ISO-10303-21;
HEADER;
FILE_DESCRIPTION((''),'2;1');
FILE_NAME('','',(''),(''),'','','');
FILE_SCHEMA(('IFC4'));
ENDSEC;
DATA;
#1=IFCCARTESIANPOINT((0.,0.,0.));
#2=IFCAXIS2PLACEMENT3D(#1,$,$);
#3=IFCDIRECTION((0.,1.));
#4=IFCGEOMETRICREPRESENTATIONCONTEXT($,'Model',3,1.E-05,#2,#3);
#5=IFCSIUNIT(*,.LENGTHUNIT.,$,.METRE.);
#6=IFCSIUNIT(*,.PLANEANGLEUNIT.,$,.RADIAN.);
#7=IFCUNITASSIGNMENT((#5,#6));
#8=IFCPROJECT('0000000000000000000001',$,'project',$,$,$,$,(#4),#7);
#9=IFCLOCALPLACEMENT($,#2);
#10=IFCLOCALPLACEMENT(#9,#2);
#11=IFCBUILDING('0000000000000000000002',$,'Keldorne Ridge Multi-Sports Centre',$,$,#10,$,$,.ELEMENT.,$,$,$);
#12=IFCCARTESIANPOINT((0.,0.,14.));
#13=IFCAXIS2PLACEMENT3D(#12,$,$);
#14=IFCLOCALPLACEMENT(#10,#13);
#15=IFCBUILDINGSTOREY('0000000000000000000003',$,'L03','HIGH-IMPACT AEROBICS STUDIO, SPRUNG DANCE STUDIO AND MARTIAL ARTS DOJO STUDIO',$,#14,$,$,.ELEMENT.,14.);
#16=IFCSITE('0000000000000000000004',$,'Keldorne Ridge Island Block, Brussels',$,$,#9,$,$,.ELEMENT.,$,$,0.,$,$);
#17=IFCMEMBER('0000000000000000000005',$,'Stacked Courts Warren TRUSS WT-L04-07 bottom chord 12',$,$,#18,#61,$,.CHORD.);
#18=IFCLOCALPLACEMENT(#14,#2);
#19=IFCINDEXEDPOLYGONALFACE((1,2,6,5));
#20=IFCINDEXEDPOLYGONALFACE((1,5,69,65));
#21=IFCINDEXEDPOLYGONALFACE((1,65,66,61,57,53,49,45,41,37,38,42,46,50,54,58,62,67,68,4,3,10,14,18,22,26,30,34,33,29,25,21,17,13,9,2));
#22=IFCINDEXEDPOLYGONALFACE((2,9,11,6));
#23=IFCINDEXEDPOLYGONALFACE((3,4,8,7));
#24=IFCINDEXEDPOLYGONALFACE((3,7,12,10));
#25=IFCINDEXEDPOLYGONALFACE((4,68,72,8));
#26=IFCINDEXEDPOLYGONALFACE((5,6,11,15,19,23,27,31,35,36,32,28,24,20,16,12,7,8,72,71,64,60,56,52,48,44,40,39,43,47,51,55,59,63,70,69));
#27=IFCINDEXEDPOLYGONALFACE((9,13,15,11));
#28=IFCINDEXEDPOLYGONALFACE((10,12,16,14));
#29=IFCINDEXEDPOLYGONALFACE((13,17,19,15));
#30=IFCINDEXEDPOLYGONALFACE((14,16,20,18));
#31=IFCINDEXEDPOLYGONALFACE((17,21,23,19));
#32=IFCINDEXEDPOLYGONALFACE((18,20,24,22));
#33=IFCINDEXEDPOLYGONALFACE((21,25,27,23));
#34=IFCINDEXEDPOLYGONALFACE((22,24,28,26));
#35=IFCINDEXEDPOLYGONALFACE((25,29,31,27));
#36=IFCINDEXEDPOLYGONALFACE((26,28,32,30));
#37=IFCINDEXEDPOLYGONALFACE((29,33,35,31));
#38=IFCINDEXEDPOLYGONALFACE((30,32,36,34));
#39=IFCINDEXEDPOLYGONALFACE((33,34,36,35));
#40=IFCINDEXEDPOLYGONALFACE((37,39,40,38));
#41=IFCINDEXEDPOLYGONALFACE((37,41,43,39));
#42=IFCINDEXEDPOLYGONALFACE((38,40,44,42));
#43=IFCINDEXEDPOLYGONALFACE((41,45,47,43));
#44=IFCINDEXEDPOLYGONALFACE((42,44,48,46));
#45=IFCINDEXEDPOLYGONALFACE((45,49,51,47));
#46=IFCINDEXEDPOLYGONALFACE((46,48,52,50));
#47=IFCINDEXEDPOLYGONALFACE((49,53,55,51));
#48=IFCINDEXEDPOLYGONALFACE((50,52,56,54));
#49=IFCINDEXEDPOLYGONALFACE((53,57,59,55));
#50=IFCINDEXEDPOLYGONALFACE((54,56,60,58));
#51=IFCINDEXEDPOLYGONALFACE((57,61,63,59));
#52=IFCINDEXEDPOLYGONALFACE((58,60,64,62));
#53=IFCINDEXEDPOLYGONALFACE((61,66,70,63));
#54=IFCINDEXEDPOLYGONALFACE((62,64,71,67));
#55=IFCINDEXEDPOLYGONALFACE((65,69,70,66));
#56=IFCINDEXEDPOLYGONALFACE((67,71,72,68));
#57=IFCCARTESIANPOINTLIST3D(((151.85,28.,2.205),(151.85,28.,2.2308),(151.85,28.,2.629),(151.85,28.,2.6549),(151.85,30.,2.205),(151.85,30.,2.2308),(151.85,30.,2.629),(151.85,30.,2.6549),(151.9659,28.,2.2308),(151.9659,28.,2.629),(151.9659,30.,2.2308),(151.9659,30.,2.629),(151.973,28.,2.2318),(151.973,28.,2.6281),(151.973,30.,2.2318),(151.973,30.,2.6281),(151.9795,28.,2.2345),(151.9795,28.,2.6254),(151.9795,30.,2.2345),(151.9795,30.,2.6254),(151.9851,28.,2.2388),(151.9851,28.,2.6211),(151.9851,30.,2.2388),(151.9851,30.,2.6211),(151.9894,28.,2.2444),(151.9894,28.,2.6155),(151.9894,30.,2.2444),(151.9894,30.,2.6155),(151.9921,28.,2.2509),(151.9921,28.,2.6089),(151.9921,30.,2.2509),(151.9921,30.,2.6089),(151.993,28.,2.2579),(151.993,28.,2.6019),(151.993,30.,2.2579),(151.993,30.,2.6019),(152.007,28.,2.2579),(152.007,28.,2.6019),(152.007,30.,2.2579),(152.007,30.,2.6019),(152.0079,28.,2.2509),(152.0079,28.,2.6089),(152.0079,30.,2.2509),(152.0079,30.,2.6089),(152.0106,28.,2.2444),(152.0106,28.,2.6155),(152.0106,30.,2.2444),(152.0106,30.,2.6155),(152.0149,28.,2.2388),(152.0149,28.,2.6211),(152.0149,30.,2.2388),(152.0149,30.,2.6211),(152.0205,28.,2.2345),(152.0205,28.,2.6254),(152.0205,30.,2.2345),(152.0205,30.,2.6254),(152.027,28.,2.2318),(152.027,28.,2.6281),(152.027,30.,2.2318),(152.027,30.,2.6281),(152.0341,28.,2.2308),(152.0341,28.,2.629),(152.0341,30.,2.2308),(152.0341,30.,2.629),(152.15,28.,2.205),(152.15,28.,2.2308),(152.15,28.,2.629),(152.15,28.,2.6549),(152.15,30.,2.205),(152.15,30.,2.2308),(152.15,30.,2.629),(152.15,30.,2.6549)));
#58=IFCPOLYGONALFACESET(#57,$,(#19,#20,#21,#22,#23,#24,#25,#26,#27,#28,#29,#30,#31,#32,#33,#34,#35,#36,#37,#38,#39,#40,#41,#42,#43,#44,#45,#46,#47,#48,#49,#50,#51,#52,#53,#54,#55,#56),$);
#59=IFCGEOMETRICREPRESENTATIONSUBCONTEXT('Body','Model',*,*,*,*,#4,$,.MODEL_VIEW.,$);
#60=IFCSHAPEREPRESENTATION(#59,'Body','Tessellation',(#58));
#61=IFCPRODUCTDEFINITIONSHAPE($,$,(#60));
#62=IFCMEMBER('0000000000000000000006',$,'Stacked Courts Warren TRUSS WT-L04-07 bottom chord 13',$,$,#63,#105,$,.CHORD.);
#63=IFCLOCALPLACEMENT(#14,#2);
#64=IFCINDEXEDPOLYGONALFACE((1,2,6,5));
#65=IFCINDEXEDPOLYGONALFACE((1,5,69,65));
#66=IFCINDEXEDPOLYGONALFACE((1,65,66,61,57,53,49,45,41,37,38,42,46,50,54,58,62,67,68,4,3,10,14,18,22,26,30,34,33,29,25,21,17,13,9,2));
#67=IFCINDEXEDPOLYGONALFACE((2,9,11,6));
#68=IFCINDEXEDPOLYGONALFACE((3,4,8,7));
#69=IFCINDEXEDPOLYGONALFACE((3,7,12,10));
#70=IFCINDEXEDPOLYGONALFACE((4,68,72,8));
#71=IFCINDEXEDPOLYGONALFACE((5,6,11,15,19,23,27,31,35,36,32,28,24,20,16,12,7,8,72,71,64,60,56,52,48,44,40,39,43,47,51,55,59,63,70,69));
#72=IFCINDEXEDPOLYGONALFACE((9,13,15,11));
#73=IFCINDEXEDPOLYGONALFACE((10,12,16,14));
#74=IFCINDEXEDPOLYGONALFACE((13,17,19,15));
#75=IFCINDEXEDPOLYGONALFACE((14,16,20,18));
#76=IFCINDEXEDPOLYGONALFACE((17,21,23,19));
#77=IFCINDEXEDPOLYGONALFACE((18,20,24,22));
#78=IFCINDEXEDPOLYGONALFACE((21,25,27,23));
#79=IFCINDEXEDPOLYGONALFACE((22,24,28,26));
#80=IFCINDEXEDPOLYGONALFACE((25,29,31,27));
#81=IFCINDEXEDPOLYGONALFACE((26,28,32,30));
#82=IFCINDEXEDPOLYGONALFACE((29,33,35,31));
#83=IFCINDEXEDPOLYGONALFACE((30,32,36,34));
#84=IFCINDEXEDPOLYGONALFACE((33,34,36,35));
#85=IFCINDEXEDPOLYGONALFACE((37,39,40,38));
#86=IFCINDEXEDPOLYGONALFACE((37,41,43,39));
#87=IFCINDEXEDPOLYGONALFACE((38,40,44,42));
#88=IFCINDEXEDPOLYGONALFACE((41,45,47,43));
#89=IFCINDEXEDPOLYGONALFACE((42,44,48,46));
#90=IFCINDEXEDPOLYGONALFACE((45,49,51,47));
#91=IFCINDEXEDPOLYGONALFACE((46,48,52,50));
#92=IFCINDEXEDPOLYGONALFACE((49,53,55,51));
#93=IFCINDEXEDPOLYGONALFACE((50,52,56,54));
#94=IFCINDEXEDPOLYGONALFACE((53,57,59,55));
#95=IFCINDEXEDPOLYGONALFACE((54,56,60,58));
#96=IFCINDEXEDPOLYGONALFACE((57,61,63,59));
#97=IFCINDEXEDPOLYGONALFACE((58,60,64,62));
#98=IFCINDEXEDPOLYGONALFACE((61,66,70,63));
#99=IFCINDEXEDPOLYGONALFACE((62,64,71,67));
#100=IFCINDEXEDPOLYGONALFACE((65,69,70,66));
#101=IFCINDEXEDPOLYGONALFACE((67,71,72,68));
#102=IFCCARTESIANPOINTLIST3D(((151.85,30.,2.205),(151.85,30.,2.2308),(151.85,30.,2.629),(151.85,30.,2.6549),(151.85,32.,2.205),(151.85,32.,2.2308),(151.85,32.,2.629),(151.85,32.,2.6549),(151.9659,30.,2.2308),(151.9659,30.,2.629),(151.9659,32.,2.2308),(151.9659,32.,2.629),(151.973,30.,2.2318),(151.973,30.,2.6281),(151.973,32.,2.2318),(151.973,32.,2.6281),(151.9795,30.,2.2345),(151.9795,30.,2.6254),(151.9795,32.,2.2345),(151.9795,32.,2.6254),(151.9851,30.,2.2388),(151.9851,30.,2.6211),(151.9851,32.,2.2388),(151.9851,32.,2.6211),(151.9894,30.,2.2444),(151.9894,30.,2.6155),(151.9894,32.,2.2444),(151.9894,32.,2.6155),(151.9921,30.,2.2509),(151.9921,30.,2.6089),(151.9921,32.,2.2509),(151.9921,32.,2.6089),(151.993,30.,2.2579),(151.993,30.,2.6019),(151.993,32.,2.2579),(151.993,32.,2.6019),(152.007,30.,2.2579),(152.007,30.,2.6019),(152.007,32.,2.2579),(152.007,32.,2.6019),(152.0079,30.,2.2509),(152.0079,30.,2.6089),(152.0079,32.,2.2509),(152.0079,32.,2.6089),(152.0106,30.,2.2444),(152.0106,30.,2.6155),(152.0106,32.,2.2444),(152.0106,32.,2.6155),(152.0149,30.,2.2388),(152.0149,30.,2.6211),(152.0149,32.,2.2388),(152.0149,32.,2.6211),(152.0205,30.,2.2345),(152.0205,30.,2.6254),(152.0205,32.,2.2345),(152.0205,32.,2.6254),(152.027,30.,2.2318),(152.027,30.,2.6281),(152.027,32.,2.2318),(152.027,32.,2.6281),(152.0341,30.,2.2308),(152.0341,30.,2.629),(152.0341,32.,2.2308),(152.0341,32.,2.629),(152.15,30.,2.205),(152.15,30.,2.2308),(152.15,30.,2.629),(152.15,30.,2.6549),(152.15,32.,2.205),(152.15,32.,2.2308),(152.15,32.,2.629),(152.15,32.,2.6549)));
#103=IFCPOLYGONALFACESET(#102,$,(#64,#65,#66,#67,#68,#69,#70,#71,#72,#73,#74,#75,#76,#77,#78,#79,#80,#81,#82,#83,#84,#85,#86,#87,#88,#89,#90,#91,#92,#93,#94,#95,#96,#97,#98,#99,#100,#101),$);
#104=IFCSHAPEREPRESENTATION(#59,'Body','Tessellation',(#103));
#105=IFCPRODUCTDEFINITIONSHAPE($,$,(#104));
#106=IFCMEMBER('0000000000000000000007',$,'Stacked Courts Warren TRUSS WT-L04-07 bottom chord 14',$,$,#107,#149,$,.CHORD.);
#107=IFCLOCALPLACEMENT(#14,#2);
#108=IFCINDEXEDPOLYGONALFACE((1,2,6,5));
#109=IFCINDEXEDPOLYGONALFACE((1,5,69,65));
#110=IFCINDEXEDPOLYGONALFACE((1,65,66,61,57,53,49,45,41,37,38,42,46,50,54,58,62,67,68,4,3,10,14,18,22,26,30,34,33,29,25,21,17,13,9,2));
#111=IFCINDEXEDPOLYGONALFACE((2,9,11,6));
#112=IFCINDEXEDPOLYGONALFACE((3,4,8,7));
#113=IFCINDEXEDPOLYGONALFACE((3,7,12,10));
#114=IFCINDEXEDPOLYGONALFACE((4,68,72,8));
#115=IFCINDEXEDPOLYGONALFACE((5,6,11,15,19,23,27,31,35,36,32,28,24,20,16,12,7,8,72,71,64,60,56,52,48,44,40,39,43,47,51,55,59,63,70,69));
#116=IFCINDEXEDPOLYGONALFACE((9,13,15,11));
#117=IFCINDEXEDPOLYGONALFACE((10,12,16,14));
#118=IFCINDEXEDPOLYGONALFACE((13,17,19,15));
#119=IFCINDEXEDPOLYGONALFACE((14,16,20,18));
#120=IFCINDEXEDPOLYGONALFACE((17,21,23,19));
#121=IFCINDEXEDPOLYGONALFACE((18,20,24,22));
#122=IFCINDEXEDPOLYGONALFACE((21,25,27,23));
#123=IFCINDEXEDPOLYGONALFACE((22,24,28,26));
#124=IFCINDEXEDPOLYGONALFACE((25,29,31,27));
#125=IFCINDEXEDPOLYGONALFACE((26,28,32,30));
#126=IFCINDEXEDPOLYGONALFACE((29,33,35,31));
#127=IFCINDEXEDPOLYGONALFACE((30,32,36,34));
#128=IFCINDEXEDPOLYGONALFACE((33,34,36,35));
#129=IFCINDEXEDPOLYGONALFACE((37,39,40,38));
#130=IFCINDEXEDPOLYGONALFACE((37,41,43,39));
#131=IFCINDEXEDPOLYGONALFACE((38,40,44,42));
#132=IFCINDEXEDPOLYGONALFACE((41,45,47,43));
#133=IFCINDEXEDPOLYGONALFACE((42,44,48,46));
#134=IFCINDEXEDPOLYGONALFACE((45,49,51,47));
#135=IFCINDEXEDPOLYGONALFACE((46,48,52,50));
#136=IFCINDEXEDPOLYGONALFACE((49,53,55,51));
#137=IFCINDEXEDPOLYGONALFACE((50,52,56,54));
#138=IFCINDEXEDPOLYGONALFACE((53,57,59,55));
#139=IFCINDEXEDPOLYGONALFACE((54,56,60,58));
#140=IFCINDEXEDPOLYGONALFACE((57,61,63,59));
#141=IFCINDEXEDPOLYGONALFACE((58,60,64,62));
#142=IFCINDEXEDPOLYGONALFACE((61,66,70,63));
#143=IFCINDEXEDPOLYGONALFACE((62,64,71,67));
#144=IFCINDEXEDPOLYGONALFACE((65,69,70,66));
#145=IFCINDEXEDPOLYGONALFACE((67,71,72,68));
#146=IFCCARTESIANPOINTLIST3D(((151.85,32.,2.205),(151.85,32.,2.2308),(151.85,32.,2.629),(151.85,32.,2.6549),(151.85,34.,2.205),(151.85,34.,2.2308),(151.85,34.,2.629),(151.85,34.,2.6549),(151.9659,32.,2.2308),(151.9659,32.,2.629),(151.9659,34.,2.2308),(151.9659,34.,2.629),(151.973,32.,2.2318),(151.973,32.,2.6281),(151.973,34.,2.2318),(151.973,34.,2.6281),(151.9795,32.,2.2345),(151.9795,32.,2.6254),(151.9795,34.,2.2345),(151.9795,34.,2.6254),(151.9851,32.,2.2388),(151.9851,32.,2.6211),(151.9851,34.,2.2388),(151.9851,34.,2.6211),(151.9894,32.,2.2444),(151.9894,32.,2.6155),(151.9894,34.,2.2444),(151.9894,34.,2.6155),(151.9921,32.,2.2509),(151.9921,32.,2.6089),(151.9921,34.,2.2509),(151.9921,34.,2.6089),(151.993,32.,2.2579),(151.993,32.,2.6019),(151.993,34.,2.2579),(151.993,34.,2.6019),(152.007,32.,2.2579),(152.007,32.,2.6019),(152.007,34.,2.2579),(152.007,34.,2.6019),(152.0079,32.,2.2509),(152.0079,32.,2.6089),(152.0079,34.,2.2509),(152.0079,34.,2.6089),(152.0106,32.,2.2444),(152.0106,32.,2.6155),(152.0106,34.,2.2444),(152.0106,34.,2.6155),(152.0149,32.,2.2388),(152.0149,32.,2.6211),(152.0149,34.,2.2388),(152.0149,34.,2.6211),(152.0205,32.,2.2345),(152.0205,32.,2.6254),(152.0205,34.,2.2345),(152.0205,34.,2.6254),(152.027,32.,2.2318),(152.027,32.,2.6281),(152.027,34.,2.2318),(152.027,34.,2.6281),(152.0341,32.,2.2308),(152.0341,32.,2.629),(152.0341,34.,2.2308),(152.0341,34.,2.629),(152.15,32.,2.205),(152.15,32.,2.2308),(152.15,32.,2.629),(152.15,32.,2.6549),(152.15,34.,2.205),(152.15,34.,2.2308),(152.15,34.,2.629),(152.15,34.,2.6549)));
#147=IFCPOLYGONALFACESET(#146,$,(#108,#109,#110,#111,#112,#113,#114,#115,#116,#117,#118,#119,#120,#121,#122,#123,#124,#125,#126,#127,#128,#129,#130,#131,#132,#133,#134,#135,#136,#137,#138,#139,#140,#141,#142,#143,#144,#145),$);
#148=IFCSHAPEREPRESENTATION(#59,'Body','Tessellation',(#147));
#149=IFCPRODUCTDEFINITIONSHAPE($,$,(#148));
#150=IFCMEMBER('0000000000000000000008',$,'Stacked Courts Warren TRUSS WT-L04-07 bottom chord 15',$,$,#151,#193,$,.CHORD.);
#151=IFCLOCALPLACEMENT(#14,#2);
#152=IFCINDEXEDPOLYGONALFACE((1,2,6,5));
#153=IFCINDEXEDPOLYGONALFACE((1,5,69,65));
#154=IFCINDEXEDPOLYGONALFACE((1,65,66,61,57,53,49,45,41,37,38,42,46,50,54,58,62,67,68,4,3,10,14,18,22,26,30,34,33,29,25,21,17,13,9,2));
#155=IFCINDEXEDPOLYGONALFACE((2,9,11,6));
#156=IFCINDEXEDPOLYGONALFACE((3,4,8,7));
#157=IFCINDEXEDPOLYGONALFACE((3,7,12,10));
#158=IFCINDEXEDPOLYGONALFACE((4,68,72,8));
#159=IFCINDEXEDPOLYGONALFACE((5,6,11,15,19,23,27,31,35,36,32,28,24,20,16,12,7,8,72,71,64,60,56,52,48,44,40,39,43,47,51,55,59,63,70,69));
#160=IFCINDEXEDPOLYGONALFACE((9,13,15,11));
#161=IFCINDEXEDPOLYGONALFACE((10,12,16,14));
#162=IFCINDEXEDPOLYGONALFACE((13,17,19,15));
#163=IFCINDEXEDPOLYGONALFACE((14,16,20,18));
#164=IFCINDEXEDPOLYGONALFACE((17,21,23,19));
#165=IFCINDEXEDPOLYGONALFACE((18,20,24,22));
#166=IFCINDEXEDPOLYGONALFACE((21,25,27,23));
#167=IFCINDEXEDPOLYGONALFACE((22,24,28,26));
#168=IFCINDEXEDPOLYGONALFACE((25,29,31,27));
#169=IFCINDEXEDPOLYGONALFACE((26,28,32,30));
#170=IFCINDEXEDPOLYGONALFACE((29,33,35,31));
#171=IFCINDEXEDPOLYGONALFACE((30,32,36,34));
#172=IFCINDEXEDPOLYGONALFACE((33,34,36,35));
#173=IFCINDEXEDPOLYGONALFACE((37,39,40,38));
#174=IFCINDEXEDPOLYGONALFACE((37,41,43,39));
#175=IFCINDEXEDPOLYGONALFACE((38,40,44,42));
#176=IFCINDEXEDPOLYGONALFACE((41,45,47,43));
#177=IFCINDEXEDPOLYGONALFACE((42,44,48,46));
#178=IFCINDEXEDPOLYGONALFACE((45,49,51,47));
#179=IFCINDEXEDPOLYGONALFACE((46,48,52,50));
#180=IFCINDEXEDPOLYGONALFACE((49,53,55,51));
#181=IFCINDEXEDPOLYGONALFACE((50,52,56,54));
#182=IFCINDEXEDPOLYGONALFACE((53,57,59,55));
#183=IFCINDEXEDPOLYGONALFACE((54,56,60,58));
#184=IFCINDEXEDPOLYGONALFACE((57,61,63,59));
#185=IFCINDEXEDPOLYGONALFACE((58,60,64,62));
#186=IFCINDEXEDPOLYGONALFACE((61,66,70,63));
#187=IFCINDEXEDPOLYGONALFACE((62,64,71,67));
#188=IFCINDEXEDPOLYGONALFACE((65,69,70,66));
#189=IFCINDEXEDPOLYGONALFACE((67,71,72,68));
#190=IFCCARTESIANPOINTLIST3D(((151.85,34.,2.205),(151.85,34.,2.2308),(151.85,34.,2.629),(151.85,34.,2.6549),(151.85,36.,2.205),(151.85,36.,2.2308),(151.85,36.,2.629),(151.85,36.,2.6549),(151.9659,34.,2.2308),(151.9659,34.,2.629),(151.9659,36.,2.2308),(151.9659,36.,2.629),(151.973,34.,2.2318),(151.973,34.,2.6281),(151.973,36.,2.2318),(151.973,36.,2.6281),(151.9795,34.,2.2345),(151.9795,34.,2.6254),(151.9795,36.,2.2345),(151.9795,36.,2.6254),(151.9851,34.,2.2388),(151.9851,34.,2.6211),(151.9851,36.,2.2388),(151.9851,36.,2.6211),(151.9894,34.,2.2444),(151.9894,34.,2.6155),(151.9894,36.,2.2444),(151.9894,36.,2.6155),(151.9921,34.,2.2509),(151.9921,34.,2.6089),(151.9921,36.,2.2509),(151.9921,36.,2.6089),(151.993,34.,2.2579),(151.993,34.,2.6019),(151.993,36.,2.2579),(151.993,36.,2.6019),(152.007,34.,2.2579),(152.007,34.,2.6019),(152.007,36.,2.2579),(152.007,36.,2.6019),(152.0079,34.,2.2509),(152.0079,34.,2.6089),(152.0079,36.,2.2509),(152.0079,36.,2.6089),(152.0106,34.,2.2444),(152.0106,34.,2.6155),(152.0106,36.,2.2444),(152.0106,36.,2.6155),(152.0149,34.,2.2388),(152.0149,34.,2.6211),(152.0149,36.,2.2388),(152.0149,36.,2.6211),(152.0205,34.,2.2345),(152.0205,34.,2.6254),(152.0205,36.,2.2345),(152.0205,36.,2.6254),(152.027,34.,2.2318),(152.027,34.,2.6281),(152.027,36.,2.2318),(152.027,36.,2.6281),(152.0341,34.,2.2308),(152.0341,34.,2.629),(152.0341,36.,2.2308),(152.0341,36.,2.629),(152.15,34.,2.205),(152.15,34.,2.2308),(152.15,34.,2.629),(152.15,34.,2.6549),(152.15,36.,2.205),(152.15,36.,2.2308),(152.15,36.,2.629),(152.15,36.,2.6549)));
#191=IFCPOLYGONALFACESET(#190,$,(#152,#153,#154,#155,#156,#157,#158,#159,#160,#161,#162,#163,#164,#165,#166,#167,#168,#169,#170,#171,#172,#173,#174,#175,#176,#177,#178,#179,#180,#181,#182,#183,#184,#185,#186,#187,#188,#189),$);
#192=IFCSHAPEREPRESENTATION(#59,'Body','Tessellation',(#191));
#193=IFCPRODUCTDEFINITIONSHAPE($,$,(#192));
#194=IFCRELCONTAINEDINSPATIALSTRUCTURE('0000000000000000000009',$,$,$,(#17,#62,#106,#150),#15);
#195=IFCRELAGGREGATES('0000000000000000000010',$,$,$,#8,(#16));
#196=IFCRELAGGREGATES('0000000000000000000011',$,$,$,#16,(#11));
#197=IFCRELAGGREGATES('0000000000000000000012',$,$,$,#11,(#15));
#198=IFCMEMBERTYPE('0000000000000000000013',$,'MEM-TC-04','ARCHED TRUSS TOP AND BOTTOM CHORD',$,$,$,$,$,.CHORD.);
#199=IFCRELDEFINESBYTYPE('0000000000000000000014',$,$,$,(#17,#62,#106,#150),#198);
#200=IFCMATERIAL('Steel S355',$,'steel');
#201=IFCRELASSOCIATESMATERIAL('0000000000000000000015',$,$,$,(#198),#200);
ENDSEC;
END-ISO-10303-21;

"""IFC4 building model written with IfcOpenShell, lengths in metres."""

from ifc_helpers import new_model, si_unit, direction, frame, origin, origin_2d, place, context, subcontext, project, spatial, i_section, extrude, material, material_profile, profile_set, type_object, element, save


model = new_model("IFC4")

# Units and contexts
model_context = context("Model", 3, precision=1e-05, world=origin(), true_north=direction((0.0, 1.0)))
body_context = subcontext(model_context, "Body", "Model", "MODEL_VIEW")
ifc_project = project(units=[si_unit("LENGTHUNIT", "METRE"), si_unit("PLANEANGLEUNIT", "RADIAN")], contexts=[model_context])

# Site, building, storey
site_placement = place(None, origin())
site = spatial("IfcSite", under=ifc_project, at=site_placement, Name="Keldorne Ridge Island Block, Brussels", CompositionType="ELEMENT", RefElevation=0.0)
building_placement = place(site_placement, origin())
building = spatial("IfcBuilding", under=site, at=building_placement, Name="Keldorne Ridge Multi-Sports Centre", CompositionType="ELEMENT")
storey_placement = place(building_placement, frame((0.0, 0.0, 14.0)))
storey = spatial("IfcBuildingStorey", under=building, at=storey_placement, Name="L03", Description="HIGH-IMPACT AEROBICS STUDIO, SPRUNG DANCE STUDIO AND MARTIAL ARTS DOJO STUDIO", CompositionType="ELEMENT", Elevation=14.0)

# Members
ifc_material = material(Name="Steel S355", Category="steel")
ifc_material_profile_1 = material_profile(ifc_material, i_section(OverallWidth=0.3, OverallDepth=0.45, WebThickness=0.0139, FlangeThickness=0.0259, FilletRadius=0.0271, at=origin_2d()), Name="HEB 450")
ifc_profile_set_1 = profile_set([ifc_material_profile_1], Name="Steel S355")
member_type_1 = type_object("IfcMemberType", Name="MEM-TC-04", Description="ARCHED TRUSS TOP AND BOTTOM CHORD", PredefinedType="CHORD", material=ifc_profile_set_1)
for number, where, z_axis, x_axis, name in (
    (1, (152.0, 28.0, 2.4299), (0.0, 1.0, 0.0), (-1.0, 0.0, 0.0), "Stacked Courts Warren TRUSS WT-L04-07 bottom chord 12"),
    (2, (152.0, 30.0, 2.4299), (0.0, 1.0, 0.0), (-1.0, 0.0, 0.0), "Stacked Courts Warren TRUSS WT-L04-07 bottom chord 13"),
    (3, (152.0, 32.0, 2.4299), (0.0, 1.0, 0.0), (-1.0, 0.0, 0.0), "Stacked Courts Warren TRUSS WT-L04-07 bottom chord 14"),
    (4, (152.0, 34.0, 2.4299), (0.0, 1.0, 0.0), (-1.0, 0.0, 0.0), "Stacked Courts Warren TRUSS WT-L04-07 bottom chord 15"),
):
    element("IfcMember", number, at=place(storey_placement, frame(where, z_axis=z_axis, x_axis=x_axis)), inside=storey, type_object=member_type_1, Name=name, PredefinedType="CHORD", context=body_context, shape_type="SweptSolid", body=[
        extrude(i_section(OverallWidth=0.3, OverallDepth=0.45, WebThickness=0.0139, FlangeThickness=0.0259, FilletRadius=0.0271, at=origin_2d()), origin(), (0.0, 0.0, 1.0), 2.0),
    ])

save(model, "model.ifc")
